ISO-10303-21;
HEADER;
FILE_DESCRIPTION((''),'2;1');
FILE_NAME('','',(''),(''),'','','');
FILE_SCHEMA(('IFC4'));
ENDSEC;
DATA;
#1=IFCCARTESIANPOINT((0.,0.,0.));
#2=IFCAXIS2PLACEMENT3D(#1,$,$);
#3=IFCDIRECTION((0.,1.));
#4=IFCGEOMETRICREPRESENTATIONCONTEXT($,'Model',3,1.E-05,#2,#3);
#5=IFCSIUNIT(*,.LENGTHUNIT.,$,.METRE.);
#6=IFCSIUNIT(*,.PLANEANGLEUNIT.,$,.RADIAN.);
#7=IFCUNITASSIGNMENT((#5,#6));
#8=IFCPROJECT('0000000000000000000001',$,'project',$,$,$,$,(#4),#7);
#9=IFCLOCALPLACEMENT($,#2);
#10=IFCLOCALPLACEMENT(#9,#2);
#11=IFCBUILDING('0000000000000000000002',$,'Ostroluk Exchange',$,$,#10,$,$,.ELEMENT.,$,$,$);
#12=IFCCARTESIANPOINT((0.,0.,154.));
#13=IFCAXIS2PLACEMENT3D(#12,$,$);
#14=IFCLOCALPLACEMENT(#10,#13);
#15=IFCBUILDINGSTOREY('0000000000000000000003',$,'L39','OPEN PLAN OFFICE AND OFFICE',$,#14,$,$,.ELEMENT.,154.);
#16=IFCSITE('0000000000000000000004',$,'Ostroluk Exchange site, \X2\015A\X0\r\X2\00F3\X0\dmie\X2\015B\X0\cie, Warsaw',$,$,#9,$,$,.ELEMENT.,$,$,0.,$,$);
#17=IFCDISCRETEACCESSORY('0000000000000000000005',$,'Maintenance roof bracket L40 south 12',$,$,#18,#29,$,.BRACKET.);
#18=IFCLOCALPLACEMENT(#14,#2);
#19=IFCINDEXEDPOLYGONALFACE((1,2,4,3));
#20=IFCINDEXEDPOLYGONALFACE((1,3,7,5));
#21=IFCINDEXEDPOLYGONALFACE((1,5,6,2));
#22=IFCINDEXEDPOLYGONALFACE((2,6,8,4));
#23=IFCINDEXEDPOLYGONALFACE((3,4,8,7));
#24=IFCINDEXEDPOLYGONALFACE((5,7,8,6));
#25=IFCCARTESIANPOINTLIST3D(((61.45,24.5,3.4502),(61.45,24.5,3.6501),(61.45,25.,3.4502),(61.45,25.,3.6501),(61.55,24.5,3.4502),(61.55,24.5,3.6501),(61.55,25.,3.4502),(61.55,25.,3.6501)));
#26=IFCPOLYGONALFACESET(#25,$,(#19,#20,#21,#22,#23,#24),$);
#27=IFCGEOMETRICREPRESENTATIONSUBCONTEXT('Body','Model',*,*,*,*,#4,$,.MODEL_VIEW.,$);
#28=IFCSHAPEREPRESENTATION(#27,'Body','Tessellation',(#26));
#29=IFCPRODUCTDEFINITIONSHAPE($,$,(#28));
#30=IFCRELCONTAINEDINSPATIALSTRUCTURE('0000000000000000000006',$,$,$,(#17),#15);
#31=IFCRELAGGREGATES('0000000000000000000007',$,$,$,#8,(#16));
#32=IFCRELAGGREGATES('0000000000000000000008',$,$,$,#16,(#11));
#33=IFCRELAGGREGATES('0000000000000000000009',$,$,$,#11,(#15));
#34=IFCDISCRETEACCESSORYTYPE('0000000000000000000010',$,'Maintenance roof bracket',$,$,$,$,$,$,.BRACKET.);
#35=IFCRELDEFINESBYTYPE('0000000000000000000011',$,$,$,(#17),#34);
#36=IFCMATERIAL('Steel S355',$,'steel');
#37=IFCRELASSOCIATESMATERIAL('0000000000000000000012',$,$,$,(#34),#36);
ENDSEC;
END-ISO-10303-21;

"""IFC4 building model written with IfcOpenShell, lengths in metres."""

from ifc_helpers import new_model, si_unit, direction, frame, origin, origin_2d, place, context, subcontext, project, spatial, rectangle, extrude, material, type_object, element, save


model = new_model("IFC4")

# Units and contexts
model_context = context("Model", 3, precision=1e-05, world=origin(), true_north=direction((0.0, 1.0)))
body_context = subcontext(model_context, "Body", "Model", "MODEL_VIEW")
ifc_project = project(units=[si_unit("LENGTHUNIT", "METRE"), si_unit("PLANEANGLEUNIT", "RADIAN")], contexts=[model_context])

# Site, building, storey
site_placement = place(None, origin())
site = spatial("IfcSite", under=ifc_project, at=site_placement, Name="Ostroluk Exchange site, Śródmieście, Warsaw", CompositionType="ELEMENT", RefElevation=0.0)
building_placement = place(site_placement, origin())
building = spatial("IfcBuilding", under=site, at=building_placement, Name="Ostroluk Exchange", CompositionType="ELEMENT")
storey_placement = place(building_placement, frame((0.0, 0.0, 154.0)))
storey = spatial("IfcBuildingStorey", under=building, at=storey_placement, Name="L39", Description="OPEN PLAN OFFICE AND OFFICE", CompositionType="ELEMENT", Elevation=154.0)

# Discrete accessory
ifc_material_1 = material(Name="Steel S355", Category="steel")
discrete_accessory_type = type_object("IfcDiscreteAccessoryType", Name="Maintenance roof bracket", PredefinedType="BRACKET", material=ifc_material_1)
discrete_accessory_placement = place(storey_placement, frame((61.5, 24.75, 3.4502), z_axis=(0.0, 0.0, 1.0), x_axis=(1.0, 0.0, 0.0)))
element("IfcDiscreteAccessory", 1, at=discrete_accessory_placement, inside=storey, type_object=discrete_accessory_type, Name="Maintenance roof bracket L40 south 12", PredefinedType="BRACKET", context=body_context, shape_type="SweptSolid", body=[
    extrude(rectangle(XDim=0.1001, YDim=0.5, at=origin_2d()), origin(), (0.0, 0.0, 1.0), 0.2),
])

save(model, "model.ifc")
